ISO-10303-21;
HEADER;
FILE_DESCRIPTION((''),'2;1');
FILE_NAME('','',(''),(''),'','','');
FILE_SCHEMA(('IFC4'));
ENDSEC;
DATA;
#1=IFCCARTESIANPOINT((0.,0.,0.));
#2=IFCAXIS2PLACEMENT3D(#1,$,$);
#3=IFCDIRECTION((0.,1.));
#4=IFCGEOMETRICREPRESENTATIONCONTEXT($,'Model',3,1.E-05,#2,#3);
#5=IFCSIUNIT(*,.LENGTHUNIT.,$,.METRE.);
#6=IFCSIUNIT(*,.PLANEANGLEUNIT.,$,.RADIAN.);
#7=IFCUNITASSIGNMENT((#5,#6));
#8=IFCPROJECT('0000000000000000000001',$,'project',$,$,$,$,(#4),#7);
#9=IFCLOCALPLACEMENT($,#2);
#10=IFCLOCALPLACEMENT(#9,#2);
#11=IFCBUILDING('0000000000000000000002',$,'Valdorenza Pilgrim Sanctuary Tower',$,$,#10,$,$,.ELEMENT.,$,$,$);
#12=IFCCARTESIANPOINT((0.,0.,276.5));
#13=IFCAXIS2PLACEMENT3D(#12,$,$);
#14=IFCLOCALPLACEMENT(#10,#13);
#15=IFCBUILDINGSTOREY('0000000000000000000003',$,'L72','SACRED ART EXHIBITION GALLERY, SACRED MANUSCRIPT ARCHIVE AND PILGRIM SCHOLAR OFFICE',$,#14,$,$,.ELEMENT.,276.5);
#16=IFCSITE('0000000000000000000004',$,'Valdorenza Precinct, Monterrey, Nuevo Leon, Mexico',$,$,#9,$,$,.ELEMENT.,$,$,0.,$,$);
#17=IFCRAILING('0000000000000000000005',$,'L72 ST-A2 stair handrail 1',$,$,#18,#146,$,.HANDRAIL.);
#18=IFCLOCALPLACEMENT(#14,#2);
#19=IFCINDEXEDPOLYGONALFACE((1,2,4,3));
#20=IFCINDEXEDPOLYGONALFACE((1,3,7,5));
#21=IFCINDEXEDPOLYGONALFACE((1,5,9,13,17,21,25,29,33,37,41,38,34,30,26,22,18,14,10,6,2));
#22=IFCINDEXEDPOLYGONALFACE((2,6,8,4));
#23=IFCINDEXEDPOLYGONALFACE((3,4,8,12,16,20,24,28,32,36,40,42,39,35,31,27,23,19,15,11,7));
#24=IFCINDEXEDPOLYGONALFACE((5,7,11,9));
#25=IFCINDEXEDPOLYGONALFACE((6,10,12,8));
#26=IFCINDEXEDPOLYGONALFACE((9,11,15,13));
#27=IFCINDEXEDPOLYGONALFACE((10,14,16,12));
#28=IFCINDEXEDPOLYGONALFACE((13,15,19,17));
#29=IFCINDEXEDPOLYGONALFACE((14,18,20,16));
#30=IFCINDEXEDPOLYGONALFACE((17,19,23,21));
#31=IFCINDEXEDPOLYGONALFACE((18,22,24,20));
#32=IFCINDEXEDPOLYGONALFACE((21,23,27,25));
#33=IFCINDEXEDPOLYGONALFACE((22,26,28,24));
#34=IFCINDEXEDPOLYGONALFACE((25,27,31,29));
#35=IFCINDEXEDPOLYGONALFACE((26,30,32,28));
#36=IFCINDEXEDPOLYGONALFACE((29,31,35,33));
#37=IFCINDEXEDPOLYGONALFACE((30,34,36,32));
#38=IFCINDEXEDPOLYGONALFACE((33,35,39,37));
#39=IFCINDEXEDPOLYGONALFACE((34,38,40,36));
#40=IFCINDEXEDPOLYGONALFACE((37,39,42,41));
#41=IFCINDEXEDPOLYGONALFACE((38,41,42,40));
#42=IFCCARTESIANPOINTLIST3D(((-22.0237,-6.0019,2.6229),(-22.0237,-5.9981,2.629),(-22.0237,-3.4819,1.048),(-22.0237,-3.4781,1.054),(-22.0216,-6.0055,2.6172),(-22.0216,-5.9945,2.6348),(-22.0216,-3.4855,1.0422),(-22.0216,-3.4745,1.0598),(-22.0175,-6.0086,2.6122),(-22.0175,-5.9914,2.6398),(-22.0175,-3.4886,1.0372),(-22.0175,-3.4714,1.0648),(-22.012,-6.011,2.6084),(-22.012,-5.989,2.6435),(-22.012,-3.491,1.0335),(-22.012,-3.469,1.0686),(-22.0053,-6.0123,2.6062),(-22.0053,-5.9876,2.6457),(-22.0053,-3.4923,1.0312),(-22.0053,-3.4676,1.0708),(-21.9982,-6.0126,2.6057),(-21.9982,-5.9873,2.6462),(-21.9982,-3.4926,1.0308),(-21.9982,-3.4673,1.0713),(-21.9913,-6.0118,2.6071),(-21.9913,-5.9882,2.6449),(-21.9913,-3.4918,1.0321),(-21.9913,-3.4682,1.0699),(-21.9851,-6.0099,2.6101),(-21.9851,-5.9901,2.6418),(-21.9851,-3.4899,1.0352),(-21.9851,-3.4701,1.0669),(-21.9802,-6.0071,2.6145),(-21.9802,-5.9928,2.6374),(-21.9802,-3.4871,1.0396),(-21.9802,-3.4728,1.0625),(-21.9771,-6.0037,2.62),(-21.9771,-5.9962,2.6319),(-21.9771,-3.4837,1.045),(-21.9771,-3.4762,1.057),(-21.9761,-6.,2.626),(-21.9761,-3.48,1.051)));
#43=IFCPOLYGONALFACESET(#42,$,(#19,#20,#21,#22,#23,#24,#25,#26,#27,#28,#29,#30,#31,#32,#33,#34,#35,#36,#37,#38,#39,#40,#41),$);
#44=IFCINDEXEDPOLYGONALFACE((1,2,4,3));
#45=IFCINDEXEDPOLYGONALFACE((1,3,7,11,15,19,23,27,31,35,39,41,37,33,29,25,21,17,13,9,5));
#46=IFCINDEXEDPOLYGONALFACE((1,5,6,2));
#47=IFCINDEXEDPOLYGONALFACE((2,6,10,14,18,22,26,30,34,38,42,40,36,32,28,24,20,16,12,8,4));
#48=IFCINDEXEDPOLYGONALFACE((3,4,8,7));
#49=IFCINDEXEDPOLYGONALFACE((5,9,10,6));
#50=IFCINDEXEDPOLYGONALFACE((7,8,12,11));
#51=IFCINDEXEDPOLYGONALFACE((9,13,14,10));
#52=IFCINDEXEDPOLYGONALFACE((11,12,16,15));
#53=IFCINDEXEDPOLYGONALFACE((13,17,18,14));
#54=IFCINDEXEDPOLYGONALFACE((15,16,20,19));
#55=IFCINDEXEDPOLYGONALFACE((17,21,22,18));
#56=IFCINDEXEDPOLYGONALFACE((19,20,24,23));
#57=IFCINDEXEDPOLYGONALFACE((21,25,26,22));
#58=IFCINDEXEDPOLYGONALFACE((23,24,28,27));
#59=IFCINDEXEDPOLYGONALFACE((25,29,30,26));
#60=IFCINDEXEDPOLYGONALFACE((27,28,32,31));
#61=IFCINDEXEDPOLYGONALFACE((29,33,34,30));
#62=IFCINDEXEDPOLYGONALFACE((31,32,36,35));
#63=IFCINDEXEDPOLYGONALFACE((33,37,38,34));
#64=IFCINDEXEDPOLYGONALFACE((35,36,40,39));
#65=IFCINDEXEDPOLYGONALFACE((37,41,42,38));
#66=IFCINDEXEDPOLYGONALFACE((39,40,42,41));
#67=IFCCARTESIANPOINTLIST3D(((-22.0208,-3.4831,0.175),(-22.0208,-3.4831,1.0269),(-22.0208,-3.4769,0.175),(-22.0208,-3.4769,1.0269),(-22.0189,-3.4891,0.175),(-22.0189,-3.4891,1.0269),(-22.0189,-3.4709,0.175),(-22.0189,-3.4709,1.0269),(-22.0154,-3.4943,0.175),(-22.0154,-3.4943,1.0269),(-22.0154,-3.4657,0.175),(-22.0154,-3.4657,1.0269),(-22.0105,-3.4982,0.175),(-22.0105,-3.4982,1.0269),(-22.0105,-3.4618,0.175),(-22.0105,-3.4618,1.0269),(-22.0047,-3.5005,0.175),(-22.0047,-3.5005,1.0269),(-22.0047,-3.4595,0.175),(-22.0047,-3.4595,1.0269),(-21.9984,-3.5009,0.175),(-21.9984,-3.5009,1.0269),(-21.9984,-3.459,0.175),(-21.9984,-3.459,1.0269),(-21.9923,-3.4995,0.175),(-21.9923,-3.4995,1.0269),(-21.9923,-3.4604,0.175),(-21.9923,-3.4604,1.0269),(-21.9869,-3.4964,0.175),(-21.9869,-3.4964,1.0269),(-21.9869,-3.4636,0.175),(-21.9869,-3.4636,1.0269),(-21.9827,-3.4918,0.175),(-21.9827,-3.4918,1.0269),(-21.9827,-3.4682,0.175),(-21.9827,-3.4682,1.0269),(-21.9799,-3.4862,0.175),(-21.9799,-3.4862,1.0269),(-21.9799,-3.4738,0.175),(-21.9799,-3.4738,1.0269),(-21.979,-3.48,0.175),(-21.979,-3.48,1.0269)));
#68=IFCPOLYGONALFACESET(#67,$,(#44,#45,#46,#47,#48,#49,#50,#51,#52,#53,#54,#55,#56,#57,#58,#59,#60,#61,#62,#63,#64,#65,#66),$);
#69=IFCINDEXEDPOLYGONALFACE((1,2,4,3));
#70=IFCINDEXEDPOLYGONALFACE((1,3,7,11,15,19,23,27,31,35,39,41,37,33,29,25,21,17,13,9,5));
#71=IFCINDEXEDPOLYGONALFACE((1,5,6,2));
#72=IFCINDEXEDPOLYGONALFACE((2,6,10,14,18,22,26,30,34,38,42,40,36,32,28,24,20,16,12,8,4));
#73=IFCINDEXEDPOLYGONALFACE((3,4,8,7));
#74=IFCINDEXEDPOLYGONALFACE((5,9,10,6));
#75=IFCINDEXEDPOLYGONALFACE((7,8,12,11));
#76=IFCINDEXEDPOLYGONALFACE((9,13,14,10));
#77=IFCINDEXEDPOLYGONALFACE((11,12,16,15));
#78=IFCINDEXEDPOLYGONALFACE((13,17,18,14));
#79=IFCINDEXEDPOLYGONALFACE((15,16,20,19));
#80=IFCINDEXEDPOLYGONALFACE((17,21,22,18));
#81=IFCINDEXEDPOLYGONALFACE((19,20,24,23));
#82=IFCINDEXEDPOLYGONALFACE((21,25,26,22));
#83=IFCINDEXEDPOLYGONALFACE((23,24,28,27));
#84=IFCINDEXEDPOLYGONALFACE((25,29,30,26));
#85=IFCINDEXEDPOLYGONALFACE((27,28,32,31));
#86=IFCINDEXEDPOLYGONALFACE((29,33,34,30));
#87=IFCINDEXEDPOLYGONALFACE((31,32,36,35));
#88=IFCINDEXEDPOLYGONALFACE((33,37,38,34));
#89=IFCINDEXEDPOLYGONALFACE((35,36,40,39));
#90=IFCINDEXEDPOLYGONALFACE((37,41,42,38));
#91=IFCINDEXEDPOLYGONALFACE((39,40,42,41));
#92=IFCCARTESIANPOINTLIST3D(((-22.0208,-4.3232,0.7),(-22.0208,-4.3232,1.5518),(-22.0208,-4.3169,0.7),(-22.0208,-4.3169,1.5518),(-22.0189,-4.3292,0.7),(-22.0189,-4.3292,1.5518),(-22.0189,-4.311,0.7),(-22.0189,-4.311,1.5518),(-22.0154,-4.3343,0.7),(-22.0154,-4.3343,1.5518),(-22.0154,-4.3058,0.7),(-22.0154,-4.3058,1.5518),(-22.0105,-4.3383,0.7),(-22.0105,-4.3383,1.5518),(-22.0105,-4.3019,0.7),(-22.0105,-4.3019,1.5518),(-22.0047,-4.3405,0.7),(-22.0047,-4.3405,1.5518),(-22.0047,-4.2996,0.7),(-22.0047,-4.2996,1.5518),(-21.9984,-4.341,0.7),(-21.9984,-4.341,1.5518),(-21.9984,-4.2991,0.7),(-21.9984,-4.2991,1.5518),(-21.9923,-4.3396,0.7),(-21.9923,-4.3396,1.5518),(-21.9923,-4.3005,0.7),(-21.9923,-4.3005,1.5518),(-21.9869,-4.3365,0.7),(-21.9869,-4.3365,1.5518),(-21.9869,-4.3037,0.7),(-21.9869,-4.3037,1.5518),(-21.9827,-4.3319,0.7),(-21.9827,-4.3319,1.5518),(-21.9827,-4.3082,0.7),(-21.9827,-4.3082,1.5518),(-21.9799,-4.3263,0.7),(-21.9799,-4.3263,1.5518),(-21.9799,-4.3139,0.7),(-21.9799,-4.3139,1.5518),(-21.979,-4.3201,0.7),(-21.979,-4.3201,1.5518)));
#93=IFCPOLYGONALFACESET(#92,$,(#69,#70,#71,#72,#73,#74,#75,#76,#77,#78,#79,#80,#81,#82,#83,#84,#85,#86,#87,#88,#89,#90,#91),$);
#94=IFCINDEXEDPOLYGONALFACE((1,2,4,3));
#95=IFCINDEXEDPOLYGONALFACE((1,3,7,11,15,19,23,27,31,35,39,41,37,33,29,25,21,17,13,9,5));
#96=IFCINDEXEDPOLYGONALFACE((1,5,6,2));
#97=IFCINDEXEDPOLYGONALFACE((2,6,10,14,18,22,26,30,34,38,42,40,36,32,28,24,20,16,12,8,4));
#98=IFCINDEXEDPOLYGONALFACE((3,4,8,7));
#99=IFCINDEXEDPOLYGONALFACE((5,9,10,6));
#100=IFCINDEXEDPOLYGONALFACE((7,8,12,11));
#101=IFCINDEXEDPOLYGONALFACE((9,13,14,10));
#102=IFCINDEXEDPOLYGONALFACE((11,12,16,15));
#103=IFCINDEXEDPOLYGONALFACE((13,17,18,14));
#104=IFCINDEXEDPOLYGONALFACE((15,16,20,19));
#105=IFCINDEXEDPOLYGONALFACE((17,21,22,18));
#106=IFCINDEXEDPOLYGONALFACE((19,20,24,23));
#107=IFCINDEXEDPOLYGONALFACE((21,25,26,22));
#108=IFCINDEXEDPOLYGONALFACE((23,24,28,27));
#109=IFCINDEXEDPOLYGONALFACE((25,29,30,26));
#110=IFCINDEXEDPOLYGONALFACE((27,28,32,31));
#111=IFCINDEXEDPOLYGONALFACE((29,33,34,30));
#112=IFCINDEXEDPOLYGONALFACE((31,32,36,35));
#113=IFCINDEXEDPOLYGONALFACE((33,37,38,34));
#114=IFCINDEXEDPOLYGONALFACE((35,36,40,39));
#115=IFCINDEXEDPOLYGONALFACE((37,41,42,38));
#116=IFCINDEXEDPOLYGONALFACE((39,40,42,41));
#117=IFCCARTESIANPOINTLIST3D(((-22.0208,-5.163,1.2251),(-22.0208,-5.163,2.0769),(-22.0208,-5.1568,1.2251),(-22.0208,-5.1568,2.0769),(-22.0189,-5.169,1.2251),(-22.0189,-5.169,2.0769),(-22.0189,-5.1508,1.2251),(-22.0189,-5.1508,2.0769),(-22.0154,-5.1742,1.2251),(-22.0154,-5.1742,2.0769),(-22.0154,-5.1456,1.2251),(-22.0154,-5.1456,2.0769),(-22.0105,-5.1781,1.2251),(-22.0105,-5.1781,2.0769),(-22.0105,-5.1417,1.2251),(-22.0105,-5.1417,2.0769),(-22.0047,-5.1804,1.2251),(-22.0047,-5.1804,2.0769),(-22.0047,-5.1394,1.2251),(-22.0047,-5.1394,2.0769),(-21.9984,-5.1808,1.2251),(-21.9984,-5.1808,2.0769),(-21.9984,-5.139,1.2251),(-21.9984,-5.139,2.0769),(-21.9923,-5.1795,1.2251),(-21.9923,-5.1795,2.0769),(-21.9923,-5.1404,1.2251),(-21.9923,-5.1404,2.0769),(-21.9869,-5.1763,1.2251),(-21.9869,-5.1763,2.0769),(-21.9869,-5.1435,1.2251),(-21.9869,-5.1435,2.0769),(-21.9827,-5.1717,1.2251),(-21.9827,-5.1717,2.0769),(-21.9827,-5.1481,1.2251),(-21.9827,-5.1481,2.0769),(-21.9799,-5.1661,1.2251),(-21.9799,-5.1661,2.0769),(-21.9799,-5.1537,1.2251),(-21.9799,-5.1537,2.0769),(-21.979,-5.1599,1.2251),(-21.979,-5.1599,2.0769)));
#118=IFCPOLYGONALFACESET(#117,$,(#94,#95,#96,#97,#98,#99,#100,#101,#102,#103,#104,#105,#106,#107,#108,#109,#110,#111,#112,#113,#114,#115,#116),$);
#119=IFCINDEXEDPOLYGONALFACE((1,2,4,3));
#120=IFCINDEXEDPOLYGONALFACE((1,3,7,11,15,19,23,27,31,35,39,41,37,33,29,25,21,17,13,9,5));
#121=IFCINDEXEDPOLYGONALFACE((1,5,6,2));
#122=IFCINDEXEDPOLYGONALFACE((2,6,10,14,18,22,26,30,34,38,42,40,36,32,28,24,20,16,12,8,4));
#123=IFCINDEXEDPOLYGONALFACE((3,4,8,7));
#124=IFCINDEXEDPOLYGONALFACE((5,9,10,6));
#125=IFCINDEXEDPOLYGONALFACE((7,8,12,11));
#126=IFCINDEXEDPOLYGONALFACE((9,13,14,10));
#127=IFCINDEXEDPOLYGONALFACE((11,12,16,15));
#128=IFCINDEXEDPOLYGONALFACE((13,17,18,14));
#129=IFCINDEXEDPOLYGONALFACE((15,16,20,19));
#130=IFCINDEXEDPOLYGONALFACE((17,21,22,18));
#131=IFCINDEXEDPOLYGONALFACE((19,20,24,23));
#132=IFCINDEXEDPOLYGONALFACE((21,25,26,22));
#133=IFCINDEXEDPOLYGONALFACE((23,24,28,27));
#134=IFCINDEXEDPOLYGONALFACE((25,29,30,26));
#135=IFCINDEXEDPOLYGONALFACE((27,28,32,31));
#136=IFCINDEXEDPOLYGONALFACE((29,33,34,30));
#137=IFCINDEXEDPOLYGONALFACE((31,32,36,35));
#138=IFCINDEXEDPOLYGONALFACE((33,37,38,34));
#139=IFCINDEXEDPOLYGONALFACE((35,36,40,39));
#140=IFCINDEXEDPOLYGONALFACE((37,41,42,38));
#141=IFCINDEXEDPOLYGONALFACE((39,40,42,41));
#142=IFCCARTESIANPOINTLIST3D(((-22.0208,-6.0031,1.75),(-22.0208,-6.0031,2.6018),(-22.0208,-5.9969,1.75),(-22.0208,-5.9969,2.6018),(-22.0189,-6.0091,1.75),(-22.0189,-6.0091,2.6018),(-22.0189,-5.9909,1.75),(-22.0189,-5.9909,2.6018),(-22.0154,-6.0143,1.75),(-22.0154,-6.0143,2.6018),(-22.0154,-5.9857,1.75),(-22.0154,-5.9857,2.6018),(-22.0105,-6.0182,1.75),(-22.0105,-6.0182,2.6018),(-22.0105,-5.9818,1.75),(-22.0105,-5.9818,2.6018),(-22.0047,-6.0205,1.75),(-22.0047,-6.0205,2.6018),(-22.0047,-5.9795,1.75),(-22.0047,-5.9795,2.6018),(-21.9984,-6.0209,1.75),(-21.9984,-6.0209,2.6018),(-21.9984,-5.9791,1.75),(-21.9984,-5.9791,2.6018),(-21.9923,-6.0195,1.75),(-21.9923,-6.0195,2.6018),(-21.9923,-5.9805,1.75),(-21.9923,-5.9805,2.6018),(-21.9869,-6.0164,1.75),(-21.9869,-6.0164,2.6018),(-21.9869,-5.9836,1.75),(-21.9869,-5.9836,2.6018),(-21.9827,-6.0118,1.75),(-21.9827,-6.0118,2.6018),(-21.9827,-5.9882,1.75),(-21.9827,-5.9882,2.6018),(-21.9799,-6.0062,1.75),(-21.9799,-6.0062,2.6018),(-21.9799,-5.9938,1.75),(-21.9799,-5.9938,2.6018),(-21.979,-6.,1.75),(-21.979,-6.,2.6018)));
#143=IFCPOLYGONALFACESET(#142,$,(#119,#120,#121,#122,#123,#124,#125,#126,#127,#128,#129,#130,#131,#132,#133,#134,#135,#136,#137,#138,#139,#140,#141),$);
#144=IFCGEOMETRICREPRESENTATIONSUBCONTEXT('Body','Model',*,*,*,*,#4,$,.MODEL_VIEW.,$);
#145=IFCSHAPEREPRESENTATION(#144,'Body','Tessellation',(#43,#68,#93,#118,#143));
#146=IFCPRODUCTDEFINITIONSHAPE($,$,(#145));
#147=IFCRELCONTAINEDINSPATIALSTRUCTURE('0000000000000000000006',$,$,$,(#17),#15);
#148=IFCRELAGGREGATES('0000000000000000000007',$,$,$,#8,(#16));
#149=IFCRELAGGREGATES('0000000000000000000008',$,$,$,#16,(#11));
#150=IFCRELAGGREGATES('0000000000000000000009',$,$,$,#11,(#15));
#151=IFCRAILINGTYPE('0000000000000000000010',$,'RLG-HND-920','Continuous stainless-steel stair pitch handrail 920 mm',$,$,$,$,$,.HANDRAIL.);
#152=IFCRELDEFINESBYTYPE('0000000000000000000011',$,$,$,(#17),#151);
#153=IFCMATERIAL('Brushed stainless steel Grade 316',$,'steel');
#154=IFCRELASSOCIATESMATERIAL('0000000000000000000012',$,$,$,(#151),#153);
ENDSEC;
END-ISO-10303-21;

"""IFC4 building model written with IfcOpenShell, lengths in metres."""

from ifc_helpers import new_model, si_unit, direction, frame, origin, origin_2d, place, context, subcontext, project, spatial, circle, extrude, material, type_object, element, save


model = new_model("IFC4")

# Units and contexts
model_context = context("Model", 3, precision=1e-05, world=origin(), true_north=direction((0.0, 1.0)))
body_context = subcontext(model_context, "Body", "Model", "MODEL_VIEW")
ifc_project = project(units=[si_unit("LENGTHUNIT", "METRE"), si_unit("PLANEANGLEUNIT", "RADIAN")], contexts=[model_context])

# Site, building, storey
site_placement = place(None, origin())
site = spatial("IfcSite", under=ifc_project, at=site_placement, Name="Valdorenza Precinct, Monterrey, Nuevo Leon, Mexico", CompositionType="ELEMENT", RefElevation=0.0)
building_placement = place(site_placement, origin())
building = spatial("IfcBuilding", under=site, at=building_placement, Name="Valdorenza Pilgrim Sanctuary Tower", CompositionType="ELEMENT")
storey_placement = place(building_placement, frame((0.0, 0.0, 276.5)))
storey = spatial("IfcBuildingStorey", under=building, at=storey_placement, Name="L72", Description="SACRED ART EXHIBITION GALLERY, SACRED MANUSCRIPT ARCHIVE AND PILGRIM SCHOLAR OFFICE", CompositionType="ELEMENT", Elevation=276.5)

# Railing
ifc_material_1 = material(Name="Brushed stainless steel Grade 316", Category="steel")
railing_type_1 = type_object("IfcRailingType", Name="RLG-HND-920", Description="Continuous stainless-steel stair pitch handrail 920 mm", PredefinedType="HANDRAIL", material=ifc_material_1)
railing_1_placement = place(storey_placement, frame((-22.0, -3.48, 0.175)))
element("IfcRailing", 1, at=railing_1_placement, inside=storey, type_object=railing_type_1, Name="L72 ST-A2 stair handrail 1", PredefinedType="HANDRAIL", context=body_context, shape_type="SweptSolid", body=[
    extrude(circle(Radius=0.0239, at=origin_2d()), frame((0.0, 0.0, 0.876), z_axis=(0.0, -0.848008, 0.529984), x_axis=(1.0, 0.0, 0.0)), (0.0, 0.0, 1.0), 2.9717),
    extrude(circle(Radius=0.021, at=origin_2d()), origin(), (0.0, 0.0, 1.0), 0.8518),
    extrude(circle(Radius=0.021, at=origin_2d()), frame((0.0, -0.8401, 0.5249)), (0.0, 0.0, 1.0), 0.8518),
    extrude(circle(Radius=0.021, at=origin_2d()), frame((0.0, -1.6799, 1.05)), (0.0, 0.0, 1.0), 0.8518),
    extrude(circle(Radius=0.021, at=origin_2d()), frame((0.0, -2.52, 1.575)), (0.0, 0.0, 1.0), 0.8518),
])

save(model, "model.ifc")
